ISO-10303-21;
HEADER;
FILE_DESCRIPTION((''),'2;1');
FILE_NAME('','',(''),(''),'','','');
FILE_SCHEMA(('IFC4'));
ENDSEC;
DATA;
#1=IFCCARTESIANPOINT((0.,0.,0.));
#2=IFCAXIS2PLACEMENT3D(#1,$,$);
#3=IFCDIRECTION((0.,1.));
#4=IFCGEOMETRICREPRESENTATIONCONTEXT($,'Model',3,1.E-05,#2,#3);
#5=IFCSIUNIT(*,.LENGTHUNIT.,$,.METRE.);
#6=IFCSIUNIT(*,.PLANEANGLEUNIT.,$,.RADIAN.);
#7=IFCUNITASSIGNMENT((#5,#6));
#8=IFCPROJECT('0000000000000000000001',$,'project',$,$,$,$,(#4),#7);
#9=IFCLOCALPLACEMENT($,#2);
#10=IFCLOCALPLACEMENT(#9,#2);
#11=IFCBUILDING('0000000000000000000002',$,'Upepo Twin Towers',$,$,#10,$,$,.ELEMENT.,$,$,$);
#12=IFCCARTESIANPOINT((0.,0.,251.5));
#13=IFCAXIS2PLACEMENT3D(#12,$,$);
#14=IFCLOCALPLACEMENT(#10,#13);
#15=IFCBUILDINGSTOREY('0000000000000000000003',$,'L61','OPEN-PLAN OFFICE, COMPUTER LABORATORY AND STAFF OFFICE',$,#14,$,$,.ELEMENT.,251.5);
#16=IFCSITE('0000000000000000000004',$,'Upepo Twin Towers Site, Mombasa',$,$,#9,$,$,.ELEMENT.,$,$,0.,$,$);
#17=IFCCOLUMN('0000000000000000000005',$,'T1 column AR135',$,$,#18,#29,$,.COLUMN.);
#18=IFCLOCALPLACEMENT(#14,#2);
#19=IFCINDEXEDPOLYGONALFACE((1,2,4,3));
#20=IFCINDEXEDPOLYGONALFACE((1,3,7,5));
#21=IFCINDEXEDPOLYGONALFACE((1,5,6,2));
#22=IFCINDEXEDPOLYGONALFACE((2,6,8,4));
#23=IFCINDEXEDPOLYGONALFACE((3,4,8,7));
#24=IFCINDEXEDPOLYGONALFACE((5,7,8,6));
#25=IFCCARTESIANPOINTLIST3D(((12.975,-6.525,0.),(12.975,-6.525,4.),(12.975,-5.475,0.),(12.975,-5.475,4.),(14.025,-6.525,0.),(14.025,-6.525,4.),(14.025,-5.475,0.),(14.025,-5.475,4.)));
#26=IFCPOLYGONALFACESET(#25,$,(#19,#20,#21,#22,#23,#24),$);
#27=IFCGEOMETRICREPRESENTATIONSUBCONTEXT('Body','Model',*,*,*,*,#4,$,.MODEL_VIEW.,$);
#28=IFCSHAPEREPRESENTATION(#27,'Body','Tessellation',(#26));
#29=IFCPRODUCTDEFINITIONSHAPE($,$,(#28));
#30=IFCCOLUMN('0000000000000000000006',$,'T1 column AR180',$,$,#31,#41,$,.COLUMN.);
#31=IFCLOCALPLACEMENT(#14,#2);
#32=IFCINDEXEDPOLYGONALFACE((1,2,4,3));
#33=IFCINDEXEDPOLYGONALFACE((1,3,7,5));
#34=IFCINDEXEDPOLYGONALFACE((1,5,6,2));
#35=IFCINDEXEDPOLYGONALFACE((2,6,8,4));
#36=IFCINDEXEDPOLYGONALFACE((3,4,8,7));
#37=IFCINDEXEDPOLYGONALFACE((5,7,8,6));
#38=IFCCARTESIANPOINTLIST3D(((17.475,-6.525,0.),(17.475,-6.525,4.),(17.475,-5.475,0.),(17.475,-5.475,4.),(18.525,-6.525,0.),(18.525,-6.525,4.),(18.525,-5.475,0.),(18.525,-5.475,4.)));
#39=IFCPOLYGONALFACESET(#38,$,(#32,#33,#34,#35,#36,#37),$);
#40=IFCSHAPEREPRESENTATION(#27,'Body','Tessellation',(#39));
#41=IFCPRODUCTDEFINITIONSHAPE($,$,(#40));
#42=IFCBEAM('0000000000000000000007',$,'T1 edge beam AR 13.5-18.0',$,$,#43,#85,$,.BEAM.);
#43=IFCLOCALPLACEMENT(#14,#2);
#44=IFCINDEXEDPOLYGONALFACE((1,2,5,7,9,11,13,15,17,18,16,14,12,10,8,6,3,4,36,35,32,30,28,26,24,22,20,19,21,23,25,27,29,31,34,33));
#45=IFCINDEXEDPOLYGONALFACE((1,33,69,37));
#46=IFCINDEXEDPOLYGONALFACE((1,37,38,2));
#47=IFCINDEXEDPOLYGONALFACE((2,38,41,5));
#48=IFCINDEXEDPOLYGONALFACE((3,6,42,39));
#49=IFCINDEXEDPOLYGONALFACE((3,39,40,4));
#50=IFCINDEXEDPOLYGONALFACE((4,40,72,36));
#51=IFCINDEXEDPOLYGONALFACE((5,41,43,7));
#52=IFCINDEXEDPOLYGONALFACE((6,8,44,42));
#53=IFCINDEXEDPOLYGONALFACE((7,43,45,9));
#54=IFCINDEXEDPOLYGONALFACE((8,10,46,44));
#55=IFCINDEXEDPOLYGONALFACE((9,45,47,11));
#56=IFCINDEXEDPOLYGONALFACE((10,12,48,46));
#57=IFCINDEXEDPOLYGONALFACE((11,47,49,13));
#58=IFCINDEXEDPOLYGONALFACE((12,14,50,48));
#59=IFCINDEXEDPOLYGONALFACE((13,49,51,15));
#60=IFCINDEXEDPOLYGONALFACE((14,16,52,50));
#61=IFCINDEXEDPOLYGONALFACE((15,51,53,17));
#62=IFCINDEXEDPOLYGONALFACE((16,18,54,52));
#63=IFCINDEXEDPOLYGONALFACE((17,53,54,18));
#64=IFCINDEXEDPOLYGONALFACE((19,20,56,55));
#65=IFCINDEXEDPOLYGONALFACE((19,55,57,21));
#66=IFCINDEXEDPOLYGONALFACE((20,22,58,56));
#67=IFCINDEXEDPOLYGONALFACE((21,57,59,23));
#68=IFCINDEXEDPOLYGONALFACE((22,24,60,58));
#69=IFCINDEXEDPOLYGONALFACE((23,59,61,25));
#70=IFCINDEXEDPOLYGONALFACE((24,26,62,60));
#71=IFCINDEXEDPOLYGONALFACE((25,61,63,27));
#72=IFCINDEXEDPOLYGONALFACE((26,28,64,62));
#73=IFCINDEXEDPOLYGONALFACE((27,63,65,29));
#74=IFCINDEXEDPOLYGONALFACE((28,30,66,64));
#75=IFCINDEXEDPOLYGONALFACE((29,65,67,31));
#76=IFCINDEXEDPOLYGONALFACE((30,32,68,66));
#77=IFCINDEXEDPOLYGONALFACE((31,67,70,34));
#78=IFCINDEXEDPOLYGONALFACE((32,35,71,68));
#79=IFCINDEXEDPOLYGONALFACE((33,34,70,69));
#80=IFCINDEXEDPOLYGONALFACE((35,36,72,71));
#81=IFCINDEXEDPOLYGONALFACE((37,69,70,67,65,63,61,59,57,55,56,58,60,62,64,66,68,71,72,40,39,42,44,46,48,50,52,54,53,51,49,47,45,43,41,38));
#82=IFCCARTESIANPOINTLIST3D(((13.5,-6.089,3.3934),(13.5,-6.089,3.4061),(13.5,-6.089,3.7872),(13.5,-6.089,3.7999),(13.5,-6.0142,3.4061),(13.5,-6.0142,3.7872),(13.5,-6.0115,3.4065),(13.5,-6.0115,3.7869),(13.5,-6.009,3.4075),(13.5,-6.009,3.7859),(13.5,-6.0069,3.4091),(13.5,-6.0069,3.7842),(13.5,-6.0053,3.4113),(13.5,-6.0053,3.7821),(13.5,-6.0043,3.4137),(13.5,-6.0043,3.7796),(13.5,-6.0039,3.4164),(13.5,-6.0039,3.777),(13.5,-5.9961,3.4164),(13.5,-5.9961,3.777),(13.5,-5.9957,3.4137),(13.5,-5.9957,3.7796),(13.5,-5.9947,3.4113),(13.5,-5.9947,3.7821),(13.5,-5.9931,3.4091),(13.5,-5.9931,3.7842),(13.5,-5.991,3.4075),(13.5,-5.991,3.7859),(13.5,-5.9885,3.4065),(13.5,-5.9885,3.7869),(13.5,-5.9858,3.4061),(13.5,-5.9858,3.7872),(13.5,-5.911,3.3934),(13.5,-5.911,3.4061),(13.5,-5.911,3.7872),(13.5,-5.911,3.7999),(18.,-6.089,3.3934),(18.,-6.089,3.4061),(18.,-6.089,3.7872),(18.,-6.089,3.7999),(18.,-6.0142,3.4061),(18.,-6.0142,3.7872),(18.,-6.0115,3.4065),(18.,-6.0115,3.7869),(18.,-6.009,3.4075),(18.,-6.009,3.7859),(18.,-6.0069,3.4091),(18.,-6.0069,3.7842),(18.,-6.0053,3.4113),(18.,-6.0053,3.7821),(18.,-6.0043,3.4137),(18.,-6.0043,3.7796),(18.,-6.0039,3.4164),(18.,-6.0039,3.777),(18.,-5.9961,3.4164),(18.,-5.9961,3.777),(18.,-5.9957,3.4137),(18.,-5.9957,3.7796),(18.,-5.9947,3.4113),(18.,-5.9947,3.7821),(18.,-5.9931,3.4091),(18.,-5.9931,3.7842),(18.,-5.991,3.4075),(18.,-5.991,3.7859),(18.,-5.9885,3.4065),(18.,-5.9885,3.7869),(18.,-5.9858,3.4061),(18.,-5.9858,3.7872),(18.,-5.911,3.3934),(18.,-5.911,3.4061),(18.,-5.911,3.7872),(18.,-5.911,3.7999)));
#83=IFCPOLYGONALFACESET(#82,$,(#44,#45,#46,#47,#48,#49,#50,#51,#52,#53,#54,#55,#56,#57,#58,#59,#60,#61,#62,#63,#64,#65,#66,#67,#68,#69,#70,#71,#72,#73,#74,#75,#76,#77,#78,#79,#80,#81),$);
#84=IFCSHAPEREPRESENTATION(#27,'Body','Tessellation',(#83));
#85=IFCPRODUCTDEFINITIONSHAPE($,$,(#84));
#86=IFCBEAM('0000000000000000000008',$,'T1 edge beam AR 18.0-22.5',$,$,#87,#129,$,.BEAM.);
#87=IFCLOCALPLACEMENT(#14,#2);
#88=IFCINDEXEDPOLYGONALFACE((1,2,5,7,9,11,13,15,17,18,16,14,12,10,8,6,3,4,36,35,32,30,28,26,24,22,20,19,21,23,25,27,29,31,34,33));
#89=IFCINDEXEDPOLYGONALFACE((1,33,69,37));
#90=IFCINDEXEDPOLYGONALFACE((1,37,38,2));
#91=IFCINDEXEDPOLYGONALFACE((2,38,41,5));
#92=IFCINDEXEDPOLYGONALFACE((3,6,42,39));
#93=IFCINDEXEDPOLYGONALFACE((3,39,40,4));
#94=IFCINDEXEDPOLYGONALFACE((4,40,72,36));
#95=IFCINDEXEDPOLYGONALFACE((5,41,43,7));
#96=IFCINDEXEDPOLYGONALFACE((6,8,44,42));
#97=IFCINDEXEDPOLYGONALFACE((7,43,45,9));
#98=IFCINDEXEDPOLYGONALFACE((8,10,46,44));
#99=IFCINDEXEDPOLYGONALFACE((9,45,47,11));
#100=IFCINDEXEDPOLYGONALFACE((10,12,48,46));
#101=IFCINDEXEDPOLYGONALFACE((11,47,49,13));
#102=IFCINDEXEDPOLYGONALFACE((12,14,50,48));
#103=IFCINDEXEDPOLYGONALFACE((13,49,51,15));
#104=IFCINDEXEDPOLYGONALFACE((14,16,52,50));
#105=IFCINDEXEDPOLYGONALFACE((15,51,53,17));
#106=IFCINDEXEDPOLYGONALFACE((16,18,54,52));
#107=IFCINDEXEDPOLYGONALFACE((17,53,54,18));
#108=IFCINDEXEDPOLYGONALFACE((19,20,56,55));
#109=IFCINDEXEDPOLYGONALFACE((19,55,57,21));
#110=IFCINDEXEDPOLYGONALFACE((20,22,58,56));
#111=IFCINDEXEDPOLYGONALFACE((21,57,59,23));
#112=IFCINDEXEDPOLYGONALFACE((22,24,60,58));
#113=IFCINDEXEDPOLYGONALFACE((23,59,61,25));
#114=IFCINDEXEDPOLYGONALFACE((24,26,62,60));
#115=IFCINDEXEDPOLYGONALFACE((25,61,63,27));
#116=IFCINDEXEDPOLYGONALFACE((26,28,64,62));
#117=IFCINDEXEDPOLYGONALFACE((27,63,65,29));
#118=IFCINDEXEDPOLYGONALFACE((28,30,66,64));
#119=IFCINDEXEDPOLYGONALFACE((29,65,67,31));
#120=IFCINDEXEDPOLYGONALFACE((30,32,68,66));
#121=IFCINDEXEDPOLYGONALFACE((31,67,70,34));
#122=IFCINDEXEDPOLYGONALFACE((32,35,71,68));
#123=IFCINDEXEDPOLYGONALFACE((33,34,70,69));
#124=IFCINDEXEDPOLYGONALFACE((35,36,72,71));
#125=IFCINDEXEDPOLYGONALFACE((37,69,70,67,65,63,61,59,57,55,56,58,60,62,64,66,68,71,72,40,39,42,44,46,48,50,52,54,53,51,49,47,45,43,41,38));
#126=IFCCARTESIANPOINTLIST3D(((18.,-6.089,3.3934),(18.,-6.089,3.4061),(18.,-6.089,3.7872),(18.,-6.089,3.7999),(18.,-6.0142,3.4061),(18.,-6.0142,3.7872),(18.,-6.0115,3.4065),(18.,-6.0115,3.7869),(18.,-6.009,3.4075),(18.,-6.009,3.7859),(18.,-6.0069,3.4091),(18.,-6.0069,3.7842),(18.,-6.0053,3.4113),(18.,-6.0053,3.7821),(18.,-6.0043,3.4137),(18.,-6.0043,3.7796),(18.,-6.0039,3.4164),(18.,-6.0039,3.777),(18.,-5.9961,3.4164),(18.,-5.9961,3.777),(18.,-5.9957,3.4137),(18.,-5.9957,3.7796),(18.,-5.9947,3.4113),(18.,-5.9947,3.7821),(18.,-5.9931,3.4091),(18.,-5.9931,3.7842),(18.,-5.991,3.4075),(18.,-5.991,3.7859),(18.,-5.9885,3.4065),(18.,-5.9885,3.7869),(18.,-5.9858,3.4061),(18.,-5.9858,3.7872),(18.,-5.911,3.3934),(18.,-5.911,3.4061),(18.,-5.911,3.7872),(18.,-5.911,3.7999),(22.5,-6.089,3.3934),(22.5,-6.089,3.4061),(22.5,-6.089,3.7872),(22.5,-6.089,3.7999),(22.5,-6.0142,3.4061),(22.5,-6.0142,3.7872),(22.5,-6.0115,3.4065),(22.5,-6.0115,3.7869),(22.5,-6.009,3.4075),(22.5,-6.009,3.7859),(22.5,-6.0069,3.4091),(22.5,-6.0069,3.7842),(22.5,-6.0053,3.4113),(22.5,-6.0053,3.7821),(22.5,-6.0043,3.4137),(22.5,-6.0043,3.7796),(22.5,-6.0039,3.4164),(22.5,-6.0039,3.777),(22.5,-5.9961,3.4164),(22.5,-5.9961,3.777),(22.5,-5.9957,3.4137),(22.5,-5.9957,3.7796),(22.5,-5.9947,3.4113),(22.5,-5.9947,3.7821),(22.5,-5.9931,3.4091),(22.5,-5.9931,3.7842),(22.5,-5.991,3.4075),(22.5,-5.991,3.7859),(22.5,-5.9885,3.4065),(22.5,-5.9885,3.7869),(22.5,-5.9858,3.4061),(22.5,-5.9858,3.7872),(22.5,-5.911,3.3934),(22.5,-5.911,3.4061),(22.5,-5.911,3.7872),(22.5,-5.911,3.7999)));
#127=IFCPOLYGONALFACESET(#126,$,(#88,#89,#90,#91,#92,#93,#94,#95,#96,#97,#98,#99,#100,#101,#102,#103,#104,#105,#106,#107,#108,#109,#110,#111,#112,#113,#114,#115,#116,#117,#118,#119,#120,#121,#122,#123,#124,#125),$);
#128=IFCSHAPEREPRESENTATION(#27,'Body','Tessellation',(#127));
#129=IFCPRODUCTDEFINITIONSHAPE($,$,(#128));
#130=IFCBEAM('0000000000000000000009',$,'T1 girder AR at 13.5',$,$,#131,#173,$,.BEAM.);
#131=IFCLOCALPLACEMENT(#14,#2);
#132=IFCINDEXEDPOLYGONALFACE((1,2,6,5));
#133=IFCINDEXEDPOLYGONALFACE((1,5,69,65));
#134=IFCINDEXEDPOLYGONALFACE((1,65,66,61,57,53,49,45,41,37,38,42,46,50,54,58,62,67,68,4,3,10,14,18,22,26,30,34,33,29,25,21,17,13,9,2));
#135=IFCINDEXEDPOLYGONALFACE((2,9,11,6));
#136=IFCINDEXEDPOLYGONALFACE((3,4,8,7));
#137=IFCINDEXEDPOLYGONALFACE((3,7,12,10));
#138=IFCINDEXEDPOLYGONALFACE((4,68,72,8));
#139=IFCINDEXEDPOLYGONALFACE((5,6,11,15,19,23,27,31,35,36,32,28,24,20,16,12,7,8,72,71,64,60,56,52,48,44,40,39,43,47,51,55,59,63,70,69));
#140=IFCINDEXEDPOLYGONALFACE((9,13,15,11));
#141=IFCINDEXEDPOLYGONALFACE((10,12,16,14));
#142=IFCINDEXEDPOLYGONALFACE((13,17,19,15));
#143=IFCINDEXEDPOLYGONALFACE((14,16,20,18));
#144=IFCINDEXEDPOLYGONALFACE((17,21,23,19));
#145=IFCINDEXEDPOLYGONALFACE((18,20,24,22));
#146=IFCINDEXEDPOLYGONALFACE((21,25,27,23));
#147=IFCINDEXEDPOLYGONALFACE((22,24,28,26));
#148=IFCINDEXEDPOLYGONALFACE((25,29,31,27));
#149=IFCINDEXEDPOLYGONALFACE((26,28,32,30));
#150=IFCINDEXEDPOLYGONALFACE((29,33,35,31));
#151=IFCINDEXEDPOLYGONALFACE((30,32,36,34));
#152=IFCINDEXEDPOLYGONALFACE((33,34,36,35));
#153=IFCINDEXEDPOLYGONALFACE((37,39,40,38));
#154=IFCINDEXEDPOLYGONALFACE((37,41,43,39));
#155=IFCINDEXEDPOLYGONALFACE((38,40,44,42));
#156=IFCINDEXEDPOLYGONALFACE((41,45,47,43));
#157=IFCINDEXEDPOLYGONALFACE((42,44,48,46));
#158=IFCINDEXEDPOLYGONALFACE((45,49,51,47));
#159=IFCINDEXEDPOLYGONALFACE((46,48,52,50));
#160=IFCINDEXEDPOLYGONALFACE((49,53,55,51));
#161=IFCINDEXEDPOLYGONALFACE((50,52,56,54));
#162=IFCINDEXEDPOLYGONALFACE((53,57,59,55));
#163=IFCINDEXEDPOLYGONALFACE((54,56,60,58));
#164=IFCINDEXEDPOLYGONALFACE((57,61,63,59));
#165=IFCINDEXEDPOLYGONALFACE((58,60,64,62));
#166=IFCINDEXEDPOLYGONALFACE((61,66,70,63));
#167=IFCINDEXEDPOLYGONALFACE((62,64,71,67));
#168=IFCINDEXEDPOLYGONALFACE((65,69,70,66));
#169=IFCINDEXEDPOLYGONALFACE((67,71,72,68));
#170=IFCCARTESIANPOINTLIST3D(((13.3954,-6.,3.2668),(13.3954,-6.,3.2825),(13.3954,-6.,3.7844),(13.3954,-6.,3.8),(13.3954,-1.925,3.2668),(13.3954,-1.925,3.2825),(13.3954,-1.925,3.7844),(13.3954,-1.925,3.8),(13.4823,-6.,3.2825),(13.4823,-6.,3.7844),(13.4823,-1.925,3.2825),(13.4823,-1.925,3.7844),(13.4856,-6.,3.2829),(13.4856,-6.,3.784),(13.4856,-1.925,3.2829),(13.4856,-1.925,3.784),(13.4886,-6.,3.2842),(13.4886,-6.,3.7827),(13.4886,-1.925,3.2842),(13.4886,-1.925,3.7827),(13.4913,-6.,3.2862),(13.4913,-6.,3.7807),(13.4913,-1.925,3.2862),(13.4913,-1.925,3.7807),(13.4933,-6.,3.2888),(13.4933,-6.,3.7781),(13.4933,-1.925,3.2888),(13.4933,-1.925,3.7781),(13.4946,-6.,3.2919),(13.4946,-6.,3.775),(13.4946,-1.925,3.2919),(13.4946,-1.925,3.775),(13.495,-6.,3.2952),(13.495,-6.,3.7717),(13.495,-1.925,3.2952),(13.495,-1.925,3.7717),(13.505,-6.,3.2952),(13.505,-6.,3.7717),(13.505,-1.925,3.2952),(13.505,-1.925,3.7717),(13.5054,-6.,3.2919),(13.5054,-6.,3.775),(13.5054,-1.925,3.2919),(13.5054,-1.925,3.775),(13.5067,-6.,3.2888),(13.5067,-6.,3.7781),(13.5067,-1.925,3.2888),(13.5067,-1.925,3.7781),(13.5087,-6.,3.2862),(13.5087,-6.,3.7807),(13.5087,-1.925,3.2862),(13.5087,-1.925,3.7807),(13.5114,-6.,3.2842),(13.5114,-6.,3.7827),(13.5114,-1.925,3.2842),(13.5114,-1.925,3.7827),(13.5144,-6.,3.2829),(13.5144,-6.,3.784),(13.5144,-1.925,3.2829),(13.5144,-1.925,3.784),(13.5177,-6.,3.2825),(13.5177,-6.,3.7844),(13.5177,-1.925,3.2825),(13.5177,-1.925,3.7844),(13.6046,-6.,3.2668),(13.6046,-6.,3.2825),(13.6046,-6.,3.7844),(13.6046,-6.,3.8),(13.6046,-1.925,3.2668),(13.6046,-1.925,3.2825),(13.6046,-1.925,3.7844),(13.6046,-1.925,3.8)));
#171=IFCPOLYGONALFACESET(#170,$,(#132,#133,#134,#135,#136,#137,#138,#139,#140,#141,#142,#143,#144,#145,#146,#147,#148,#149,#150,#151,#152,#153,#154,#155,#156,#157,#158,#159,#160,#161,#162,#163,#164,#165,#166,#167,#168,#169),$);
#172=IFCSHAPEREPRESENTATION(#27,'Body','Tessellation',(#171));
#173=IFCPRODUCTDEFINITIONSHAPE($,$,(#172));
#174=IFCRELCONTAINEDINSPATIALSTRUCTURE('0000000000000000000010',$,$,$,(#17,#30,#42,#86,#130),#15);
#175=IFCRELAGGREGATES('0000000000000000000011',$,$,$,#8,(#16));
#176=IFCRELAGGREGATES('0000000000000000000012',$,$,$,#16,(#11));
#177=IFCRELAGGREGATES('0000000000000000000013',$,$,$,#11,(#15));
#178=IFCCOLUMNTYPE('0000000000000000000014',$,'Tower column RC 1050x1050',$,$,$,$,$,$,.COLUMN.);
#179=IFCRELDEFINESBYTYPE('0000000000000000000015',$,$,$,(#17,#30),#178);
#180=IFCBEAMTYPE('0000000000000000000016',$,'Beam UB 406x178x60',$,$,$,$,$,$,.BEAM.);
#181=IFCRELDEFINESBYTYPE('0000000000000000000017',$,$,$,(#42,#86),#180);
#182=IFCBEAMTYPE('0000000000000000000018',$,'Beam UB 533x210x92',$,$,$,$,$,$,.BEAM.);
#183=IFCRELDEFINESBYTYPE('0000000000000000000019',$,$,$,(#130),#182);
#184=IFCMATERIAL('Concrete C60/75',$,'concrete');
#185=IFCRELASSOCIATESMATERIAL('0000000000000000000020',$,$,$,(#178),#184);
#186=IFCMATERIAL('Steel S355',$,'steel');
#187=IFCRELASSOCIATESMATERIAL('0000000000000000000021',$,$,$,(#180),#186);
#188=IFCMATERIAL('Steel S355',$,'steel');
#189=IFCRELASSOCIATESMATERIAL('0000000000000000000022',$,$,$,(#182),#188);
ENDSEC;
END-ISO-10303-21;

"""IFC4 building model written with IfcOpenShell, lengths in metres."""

from ifc_helpers import new_model, si_unit, direction, frame, origin, origin_2d, place, context, subcontext, project, spatial, rectangle, i_section, extrude, material, material_profile, profile_set, type_object, element, save


model = new_model("IFC4")

# Units and contexts
model_context = context("Model", 3, precision=1e-05, world=origin(), true_north=direction((0.0, 1.0)))
body_context = subcontext(model_context, "Body", "Model", "MODEL_VIEW")
ifc_project = project(units=[si_unit("LENGTHUNIT", "METRE"), si_unit("PLANEANGLEUNIT", "RADIAN")], contexts=[model_context])

# Site, building, storey
site_placement = place(None, origin())
site = spatial("IfcSite", under=ifc_project, at=site_placement, Name="Upepo Twin Towers Site, Mombasa", CompositionType="ELEMENT", RefElevation=0.0)
building_placement = place(site_placement, origin())
building = spatial("IfcBuilding", under=site, at=building_placement, Name="Upepo Twin Towers", CompositionType="ELEMENT")
storey_placement = place(building_placement, frame((0.0, 0.0, 251.5)))
storey = spatial("IfcBuildingStorey", under=building, at=storey_placement, Name="L61", Description="OPEN-PLAN OFFICE, COMPUTER LABORATORY AND STAFF OFFICE", CompositionType="ELEMENT", Elevation=251.5)

# Columns
ifc_material_1 = material(Name="Concrete C60/75", Category="concrete")
ifc_material_profile_1 = material_profile(ifc_material_1, rectangle(XDim=1.05, YDim=1.05, at=origin_2d()), Name="RC 1050x1050")
ifc_profile_set_1 = profile_set([ifc_material_profile_1], Name="Concrete C60/75")
column_type = type_object("IfcColumnType", Name="Tower column RC 1050x1050", PredefinedType="COLUMN", material=ifc_profile_set_1)
for number, where, z_axis, x_axis, name in (
    (1, (13.5, -6.0, 0.0), (0.0, 0.0, 1.0), (1.0, 0.0, 0.0), "T1 column AR135"),
    (2, (18.0, -6.0, 0.0), (0.0, 0.0, 1.0), (1.0, 0.0, 0.0), "T1 column AR180"),
):
    element("IfcColumn", number, at=place(storey_placement, frame(where, z_axis=z_axis, x_axis=x_axis)), inside=storey, type_object=column_type, Name=name, PredefinedType="COLUMN", context=body_context, shape_type="SweptSolid", body=[
        extrude(rectangle(XDim=1.05, YDim=1.05, at=origin_2d()), origin(), (0.0, 0.0, 1.0), 4.0),
    ])

# Beams
ifc_material_2 = material(Name="Steel S355", Category="steel")
ifc_material_profile_2 = material_profile(ifc_material_2, i_section(OverallWidth=0.178, OverallDepth=0.4065, WebThickness=0.0078, FlangeThickness=0.0127, FilletRadius=0.0103, at=origin_2d()), Name="UB 406x178x60")
ifc_profile_set_2 = profile_set([ifc_material_profile_2], Name="Steel S355")
beam_type_1 = type_object("IfcBeamType", Name="Beam UB 406x178x60", PredefinedType="BEAM", material=ifc_profile_set_2)
for number, where, z_axis, x_axis, name in (
    (3, (13.5, -6.0, 3.5967), (1.0, 0.0, 0.0), (0.0, 1.0, 0.0), "T1 edge beam AR 13.5-18.0"),
    (4, (18.0, -6.0, 3.5967), (1.0, 0.0, 0.0), (0.0, 1.0, 0.0), "T1 edge beam AR 18.0-22.5"),
):
    element("IfcBeam", number, at=place(storey_placement, frame(where, z_axis=z_axis, x_axis=x_axis)), inside=storey, type_object=beam_type_1, Name=name, PredefinedType="BEAM", context=body_context, shape_type="SweptSolid", body=[
        extrude(i_section(OverallWidth=0.178, OverallDepth=0.4065, WebThickness=0.0078, FlangeThickness=0.0127, FilletRadius=0.0103, at=origin_2d()), origin(), (0.0, 0.0, 1.0), 4.5),
    ])
ifc_material_3 = material(Name="Steel S355", Category="steel")
ifc_material_profile_3 = material_profile(ifc_material_3, i_section(OverallWidth=0.2092, OverallDepth=0.5332, WebThickness=0.01, FlangeThickness=0.0156, FilletRadius=0.0127, at=origin_2d()), Name="UB 533x210x92")
ifc_profile_set_3 = profile_set([ifc_material_profile_3], Name="Steel S355")
beam_type_2 = type_object("IfcBeamType", Name="Beam UB 533x210x92", PredefinedType="BEAM", material=ifc_profile_set_3)
for number, where, z_axis, x_axis, name in (
    (5, (13.5, -6.0, 3.5334), (0.0, 1.0, 0.0), (-1.0, 0.0, 0.0), "T1 girder AR at 13.5"),
):
    element("IfcBeam", number, at=place(storey_placement, frame(where, z_axis=z_axis, x_axis=x_axis)), inside=storey, type_object=beam_type_2, Name=name, PredefinedType="BEAM", context=body_context, shape_type="SweptSolid", body=[
        extrude(i_section(OverallWidth=0.2092, OverallDepth=0.5332, WebThickness=0.01, FlangeThickness=0.0156, FilletRadius=0.0127, at=origin_2d()), origin(), (0.0, 0.0, 1.0), 4.075),
    ])

save(model, "model.ifc")
